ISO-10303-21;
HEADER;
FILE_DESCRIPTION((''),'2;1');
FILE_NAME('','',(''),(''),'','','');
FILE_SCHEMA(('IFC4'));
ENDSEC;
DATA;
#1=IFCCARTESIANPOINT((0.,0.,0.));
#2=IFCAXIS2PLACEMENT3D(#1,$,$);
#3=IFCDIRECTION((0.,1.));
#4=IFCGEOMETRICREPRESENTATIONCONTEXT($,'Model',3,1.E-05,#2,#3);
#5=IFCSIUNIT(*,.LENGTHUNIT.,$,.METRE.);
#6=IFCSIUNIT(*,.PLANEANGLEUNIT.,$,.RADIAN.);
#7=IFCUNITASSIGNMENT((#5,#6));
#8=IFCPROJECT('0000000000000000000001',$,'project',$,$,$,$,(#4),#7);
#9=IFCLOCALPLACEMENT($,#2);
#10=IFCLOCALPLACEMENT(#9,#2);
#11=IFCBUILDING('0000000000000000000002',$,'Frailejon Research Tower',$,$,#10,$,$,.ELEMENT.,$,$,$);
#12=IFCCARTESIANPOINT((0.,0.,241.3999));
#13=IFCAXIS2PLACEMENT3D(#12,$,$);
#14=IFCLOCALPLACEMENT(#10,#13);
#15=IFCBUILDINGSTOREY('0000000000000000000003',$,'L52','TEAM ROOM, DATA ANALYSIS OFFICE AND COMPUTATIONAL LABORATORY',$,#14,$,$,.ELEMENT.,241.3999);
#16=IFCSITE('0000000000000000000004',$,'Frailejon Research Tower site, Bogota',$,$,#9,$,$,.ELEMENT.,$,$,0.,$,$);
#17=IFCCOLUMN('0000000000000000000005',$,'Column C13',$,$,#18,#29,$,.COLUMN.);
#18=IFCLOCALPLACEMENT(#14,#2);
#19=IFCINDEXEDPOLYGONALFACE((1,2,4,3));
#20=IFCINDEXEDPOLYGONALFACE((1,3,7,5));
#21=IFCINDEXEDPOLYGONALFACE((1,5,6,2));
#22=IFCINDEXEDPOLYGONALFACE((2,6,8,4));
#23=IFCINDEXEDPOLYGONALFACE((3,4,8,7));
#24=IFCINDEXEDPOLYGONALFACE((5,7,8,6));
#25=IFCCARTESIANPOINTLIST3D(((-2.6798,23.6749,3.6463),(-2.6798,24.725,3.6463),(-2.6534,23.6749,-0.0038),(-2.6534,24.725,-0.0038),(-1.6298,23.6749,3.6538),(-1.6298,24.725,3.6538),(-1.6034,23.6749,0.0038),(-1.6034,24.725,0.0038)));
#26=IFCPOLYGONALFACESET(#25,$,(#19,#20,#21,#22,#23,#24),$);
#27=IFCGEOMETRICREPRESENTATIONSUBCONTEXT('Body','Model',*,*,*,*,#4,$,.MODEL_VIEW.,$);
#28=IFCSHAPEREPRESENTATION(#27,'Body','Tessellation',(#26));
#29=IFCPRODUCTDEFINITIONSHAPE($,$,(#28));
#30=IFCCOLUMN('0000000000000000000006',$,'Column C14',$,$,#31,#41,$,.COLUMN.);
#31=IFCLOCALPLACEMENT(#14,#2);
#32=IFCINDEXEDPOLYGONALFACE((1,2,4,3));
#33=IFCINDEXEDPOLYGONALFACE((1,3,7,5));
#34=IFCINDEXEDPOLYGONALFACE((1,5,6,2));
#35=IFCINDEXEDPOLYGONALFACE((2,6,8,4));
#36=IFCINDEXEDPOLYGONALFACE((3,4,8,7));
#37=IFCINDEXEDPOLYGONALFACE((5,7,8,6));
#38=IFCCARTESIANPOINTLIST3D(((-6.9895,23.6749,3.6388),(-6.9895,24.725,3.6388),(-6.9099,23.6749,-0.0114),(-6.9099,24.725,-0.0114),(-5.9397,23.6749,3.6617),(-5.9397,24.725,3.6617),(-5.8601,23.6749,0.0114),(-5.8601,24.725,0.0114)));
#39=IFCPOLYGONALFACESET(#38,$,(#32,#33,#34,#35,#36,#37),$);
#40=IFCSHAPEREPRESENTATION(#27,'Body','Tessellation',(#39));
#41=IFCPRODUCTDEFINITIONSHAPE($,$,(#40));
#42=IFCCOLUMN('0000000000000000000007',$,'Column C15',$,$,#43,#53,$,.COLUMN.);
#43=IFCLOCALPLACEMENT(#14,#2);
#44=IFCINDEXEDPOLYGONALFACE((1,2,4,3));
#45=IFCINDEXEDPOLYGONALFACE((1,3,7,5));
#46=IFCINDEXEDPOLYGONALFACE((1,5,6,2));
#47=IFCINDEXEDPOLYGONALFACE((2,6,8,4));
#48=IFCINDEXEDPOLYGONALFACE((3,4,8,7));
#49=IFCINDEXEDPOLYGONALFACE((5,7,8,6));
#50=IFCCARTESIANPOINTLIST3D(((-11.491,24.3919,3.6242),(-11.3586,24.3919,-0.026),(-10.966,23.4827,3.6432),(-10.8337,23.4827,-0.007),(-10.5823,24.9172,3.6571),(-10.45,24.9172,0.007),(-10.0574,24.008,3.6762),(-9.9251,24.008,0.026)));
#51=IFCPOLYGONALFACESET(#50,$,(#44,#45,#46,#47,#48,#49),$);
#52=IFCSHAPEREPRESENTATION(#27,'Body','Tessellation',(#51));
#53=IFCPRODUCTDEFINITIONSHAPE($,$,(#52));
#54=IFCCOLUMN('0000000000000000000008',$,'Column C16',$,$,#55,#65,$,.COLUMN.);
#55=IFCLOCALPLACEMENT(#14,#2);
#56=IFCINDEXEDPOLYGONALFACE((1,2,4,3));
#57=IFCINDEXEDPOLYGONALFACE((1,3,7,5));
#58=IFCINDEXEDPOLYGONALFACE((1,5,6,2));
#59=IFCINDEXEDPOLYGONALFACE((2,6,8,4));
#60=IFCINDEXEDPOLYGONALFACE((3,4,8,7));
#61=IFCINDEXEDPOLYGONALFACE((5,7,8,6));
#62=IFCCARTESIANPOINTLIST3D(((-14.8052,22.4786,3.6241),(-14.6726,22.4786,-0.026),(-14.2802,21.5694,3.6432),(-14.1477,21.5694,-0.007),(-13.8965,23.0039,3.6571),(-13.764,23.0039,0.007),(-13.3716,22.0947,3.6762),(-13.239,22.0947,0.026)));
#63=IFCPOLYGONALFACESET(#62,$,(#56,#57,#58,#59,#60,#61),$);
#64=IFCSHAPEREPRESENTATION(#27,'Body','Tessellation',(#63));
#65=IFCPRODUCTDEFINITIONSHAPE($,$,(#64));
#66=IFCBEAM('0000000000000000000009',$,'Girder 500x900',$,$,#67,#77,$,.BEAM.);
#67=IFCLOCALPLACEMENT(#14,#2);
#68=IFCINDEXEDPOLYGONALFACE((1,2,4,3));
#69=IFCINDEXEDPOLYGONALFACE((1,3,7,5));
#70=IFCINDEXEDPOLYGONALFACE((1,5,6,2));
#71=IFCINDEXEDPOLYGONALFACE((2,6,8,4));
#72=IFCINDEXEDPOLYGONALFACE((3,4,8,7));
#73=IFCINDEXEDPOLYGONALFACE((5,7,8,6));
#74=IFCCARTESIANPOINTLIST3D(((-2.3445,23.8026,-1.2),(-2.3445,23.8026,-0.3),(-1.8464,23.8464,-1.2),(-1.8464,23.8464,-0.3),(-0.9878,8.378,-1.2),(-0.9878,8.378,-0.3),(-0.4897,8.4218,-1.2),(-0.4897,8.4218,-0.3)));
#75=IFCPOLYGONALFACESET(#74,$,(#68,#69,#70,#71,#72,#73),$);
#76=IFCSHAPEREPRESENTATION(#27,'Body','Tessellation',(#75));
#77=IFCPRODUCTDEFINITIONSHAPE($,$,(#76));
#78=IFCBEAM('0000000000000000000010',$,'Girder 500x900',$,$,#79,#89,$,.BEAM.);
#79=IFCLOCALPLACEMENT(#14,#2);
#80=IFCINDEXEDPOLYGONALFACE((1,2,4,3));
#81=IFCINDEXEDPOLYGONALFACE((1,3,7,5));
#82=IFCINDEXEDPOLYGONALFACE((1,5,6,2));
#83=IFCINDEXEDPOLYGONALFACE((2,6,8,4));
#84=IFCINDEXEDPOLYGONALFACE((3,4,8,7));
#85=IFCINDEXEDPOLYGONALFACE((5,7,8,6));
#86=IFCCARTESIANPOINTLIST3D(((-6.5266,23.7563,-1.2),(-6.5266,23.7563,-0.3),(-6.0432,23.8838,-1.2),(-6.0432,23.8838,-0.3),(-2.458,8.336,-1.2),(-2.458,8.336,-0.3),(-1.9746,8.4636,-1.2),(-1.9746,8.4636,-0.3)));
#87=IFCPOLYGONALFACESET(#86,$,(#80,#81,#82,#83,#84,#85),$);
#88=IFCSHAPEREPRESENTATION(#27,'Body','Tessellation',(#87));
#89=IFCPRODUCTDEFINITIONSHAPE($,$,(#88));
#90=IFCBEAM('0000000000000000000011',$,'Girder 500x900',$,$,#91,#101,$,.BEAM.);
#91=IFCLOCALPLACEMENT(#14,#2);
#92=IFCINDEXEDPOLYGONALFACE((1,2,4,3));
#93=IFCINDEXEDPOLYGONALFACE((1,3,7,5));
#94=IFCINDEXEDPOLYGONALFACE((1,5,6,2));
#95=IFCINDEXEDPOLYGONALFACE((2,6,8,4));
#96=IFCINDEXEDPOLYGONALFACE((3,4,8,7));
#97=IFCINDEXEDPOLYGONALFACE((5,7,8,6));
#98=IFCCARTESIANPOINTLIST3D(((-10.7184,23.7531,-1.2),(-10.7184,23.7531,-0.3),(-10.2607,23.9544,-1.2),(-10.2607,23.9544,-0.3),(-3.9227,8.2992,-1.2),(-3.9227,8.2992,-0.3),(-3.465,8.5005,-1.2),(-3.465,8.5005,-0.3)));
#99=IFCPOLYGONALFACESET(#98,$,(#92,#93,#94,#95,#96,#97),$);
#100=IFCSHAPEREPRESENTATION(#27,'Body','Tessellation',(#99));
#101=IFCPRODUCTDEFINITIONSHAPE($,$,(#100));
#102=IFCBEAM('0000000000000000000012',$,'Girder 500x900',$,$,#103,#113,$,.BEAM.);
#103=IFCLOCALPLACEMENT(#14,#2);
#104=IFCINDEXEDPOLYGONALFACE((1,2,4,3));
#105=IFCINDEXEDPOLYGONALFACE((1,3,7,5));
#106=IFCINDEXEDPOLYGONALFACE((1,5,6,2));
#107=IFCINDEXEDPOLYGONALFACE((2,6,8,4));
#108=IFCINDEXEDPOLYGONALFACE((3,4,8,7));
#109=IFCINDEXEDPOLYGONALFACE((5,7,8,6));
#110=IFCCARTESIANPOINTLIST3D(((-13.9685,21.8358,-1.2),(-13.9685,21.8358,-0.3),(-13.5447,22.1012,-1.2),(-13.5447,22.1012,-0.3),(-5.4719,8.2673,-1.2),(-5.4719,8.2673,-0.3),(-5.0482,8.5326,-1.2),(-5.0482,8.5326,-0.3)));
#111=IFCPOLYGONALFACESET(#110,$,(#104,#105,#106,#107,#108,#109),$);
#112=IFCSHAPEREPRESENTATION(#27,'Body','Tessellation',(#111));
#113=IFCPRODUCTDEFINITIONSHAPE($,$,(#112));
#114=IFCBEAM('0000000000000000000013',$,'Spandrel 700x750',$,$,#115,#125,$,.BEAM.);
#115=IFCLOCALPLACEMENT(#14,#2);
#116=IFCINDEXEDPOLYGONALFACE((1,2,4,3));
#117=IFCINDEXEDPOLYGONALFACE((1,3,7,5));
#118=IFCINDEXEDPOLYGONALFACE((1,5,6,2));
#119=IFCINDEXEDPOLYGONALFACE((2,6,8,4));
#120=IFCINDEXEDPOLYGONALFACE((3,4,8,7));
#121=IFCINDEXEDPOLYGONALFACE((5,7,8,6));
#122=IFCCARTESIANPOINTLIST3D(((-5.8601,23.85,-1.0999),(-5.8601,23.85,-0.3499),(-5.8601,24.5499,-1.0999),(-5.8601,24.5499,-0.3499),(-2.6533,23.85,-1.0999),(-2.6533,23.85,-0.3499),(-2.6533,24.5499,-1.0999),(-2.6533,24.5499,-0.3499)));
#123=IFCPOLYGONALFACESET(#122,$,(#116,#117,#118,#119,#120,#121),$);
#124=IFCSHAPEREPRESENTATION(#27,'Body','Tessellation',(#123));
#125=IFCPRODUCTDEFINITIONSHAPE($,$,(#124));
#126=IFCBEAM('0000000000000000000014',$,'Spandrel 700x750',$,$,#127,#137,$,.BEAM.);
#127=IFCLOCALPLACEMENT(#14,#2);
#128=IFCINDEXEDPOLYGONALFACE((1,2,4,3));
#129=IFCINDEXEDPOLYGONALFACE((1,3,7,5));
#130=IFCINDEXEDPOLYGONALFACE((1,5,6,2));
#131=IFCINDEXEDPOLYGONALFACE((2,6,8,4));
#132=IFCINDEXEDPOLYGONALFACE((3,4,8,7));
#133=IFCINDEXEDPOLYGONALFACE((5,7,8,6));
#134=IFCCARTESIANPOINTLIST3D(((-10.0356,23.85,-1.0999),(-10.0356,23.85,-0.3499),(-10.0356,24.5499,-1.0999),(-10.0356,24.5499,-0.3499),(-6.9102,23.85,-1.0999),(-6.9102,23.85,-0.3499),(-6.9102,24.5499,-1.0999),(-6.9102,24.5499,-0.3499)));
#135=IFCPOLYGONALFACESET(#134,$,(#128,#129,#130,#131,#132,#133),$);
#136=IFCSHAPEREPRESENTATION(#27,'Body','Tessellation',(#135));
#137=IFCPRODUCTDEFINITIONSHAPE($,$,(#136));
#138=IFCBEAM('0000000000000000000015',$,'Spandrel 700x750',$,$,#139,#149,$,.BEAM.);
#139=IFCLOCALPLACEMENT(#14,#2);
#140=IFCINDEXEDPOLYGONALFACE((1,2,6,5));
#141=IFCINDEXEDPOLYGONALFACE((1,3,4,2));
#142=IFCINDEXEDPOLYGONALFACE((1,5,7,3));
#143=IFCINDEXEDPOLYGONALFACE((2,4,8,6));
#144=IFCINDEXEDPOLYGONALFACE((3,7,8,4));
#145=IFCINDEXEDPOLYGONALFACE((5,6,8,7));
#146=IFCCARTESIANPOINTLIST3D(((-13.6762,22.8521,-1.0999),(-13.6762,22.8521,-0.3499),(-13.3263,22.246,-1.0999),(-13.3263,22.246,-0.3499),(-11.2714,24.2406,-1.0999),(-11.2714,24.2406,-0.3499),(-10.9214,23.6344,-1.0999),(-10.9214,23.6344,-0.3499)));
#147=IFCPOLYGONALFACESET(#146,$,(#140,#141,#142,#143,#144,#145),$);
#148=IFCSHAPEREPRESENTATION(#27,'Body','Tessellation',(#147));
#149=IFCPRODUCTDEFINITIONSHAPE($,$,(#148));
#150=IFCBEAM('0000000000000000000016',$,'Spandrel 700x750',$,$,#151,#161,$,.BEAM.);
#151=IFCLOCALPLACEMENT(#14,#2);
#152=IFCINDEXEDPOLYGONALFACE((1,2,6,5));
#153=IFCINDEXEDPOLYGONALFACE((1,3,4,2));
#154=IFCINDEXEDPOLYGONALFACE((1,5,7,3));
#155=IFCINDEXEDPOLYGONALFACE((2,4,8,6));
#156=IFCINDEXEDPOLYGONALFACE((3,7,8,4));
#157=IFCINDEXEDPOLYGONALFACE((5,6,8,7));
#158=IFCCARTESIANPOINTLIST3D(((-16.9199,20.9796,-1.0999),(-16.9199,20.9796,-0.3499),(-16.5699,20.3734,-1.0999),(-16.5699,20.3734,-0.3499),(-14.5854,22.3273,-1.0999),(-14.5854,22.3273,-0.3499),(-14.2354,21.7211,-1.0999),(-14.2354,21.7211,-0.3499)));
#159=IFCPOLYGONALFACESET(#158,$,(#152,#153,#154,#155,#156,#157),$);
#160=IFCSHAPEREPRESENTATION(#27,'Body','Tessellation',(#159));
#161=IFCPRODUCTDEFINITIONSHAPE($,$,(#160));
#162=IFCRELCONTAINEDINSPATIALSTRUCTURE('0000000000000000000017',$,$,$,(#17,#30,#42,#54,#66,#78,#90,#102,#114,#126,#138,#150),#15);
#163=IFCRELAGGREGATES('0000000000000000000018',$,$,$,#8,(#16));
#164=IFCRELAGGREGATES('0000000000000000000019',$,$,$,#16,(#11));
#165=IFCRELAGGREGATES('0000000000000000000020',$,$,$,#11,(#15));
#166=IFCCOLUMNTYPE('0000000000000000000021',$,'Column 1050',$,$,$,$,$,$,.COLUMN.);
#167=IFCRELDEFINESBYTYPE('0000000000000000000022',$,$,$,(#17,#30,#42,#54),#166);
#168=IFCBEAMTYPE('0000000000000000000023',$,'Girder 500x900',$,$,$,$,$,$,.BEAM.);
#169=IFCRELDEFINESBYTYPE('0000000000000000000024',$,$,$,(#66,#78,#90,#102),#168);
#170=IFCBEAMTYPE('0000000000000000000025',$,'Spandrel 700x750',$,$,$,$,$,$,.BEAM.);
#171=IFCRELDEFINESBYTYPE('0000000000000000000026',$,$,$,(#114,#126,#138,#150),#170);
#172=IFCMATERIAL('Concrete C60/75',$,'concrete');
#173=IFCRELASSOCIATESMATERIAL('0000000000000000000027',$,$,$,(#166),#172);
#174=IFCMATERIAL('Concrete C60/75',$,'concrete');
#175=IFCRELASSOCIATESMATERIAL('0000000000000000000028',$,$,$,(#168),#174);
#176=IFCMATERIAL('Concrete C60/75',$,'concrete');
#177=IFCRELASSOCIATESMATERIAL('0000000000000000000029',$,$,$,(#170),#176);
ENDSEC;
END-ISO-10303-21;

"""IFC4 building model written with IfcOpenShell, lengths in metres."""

from ifc_helpers import new_model, si_unit, direction, frame, origin, origin_2d, place, context, subcontext, project, spatial, rectangle, extrude, material, material_profile, profile_set, type_object, element, save


model = new_model("IFC4")

# Units and contexts
model_context = context("Model", 3, precision=1e-05, world=origin(), true_north=direction((0.0, 1.0)))
body_context = subcontext(model_context, "Body", "Model", "MODEL_VIEW")
ifc_project = project(units=[si_unit("LENGTHUNIT", "METRE"), si_unit("PLANEANGLEUNIT", "RADIAN")], contexts=[model_context])

# Site, building, storey
site_placement = place(None, origin())
site = spatial("IfcSite", under=ifc_project, at=site_placement, Name="Frailejon Research Tower site, Bogota", CompositionType="ELEMENT", RefElevation=0.0)
building_placement = place(site_placement, origin())
building = spatial("IfcBuilding", under=site, at=building_placement, Name="Frailejon Research Tower", CompositionType="ELEMENT")
storey_placement = place(building_placement, frame((0.0, 0.0, 241.3999)))
storey = spatial("IfcBuildingStorey", under=building, at=storey_placement, Name="L52", Description="TEAM ROOM, DATA ANALYSIS OFFICE AND COMPUTATIONAL LABORATORY", CompositionType="ELEMENT", Elevation=241.3999)

# Columns
ifc_material_1 = material(Name="Concrete C60/75", Category="concrete")
ifc_material_profile_1 = material_profile(ifc_material_1, rectangle(XDim=1.05, YDim=1.05, at=origin_2d()), Name="Column 1050")
ifc_profile_set_1 = profile_set([ifc_material_profile_1], Name="Concrete C60/75")
column_type = type_object("IfcColumnType", Name="Column 1050", PredefinedType="COLUMN", material=ifc_profile_set_1)
column_1_placement = place(storey_placement, frame((-2.1284, 24.2, 0.0), z_axis=(-0.007223, 0.0, 0.999974), x_axis=(-0.999974, 0.0, -0.007223)))
element("IfcColumn", 1, at=column_1_placement, inside=storey, type_object=column_type, Name="Column C13", PredefinedType="COLUMN", context=body_context, shape_type="SweptSolid", body=[
    extrude(rectangle(XDim=1.05, YDim=1.05, at=origin_2d()), origin(), (0.0, 0.0, 1.0), 3.6501),
])
column_2_placement = place(storey_placement, frame((-6.385, 24.2, 0.0), z_axis=(-0.021799, 0.0, 0.999762), x_axis=(-0.999762, 0.0, -0.021799)))
element("IfcColumn", 2, at=column_2_placement, inside=storey, type_object=column_type, Name="Column C14", PredefinedType="COLUMN", context=body_context, shape_type="SweptSolid", body=[
    extrude(rectangle(XDim=1.05, YDim=1.05, at=origin_2d()), origin(), (0.0, 0.0, 1.0), 3.6511),
])
for number, where, z_axis, x_axis, name in (
    (3, (-10.6418, 24.2, 0.0), (-0.036228, 0.0, 0.999344), (-0.865315, -0.500246, -0.031369), "Column C15"),
    (4, (-13.9558, 22.2866, 0.0), (-0.036295, 0.0, 0.999341), (-0.865313, -0.500246, -0.031427), "Column C16"),
):
    element("IfcColumn", number, at=place(storey_placement, frame(where, z_axis=z_axis, x_axis=x_axis)), inside=storey, type_object=column_type, Name=name, PredefinedType="COLUMN", context=body_context, shape_type="SweptSolid", body=[
        extrude(rectangle(XDim=1.05, YDim=1.05, at=origin_2d()), origin(), (0.0, 0.0, 1.0), 3.6526),
    ])

# Beams
ifc_material_2 = material(Name="Concrete C60/75", Category="concrete")
ifc_material_profile_2 = material_profile(ifc_material_2, rectangle(XDim=0.5, YDim=0.8999, at=origin_2d()), Name="Girder 500x900")
ifc_profile_set_2 = profile_set([ifc_material_profile_2], Name="Concrete C60/75")
beam_type_1 = type_object("IfcBeamType", Name="Girder 500x900", PredefinedType="BEAM", material=ifc_profile_set_2)
beam_1_placement = place(storey_placement, frame((-2.0955, 23.8245, -0.75), z_axis=(0.087618, -0.996154, 0.0), x_axis=(0.996154, 0.087618, 0.0)))
element("IfcBeam", 5, at=beam_1_placement, inside=storey, type_object=beam_type_1, Name="Girder 500x900", PredefinedType="BEAM", context=body_context, shape_type="SweptSolid", body=[
    extrude(rectangle(XDim=0.5, YDim=0.8999, at=origin_2d()), origin(), (0.0, 0.0, 1.0), 15.4841),
])
beam_2_placement = place(storey_placement, frame((-6.2849, 23.8201, -0.75), z_axis=(0.255119, -0.96691, 0.0), x_axis=(0.96691, 0.255119, 0.0)))
element("IfcBeam", 6, at=beam_2_placement, inside=storey, type_object=beam_type_1, Name="Girder 500x900", PredefinedType="BEAM", context=body_context, shape_type="SweptSolid", body=[
    extrude(rectangle(XDim=0.5, YDim=0.8999, at=origin_2d()), origin(), (0.0, 0.0, 1.0), 15.948),
])
beam_3_placement = place(storey_placement, frame((-10.4895, 23.8538, -0.75), z_axis=(0.402538, -0.915403, 0.0), x_axis=(0.915403, 0.402538, 0.0)))
element("IfcBeam", 7, at=beam_3_placement, inside=storey, type_object=beam_type_1, Name="Girder 500x900", PredefinedType="BEAM", context=body_context, shape_type="SweptSolid", body=[
    extrude(rectangle(XDim=0.5, YDim=0.8999, at=origin_2d()), origin(), (0.0, 0.0, 1.0), 16.8821),
])
beam_4_placement = place(storey_placement, frame((-13.7566, 21.9685, -0.75), z_axis=(0.530727, -0.847543, 0.0), x_axis=(0.847543, 0.530727, 0.0)))
element("IfcBeam", 8, at=beam_4_placement, inside=storey, type_object=beam_type_1, Name="Girder 500x900", PredefinedType="BEAM", context=body_context, shape_type="SweptSolid", body=[
    extrude(rectangle(XDim=0.5, YDim=0.8999, at=origin_2d()), origin(), (0.0, 0.0, 1.0), 16.0093),
])
ifc_material_3 = material(Name="Concrete C60/75", Category="concrete")
ifc_material_profile_3 = material_profile(ifc_material_3, rectangle(XDim=0.7, YDim=0.75, at=origin_2d()), Name="Spandrel 700x750")
ifc_profile_set_3 = profile_set([ifc_material_profile_3], Name="Concrete C60/75")
beam_type_2 = type_object("IfcBeamType", Name="Spandrel 700x750", PredefinedType="BEAM", material=ifc_profile_set_3)
beam_5_placement = place(storey_placement, frame((-2.6533, 24.2, -0.7249), z_axis=(-1.0, 0.0, 0.0), x_axis=(0.0, -1.0, 0.0)))
element("IfcBeam", 9, at=beam_5_placement, inside=storey, type_object=beam_type_2, Name="Spandrel 700x750", PredefinedType="BEAM", context=body_context, shape_type="SweptSolid", body=[
    extrude(rectangle(XDim=0.7, YDim=0.75, at=origin_2d()), origin(), (0.0, 0.0, 1.0), 3.2068),
])
beam_6_placement = place(storey_placement, frame((-6.9102, 24.2, -0.7249), z_axis=(-1.0, 0.0, 0.0), x_axis=(0.0, -1.0, 0.0)))
element("IfcBeam", 10, at=beam_6_placement, inside=storey, type_object=beam_type_2, Name="Spandrel 700x750", PredefinedType="BEAM", context=body_context, shape_type="SweptSolid", body=[
    extrude(rectangle(XDim=0.7, YDim=0.75, at=origin_2d()), origin(), (0.0, 0.0, 1.0), 3.1255),
])
beam_7_placement = place(storey_placement, frame((-11.0964, 23.9375, -0.7249), z_axis=(-0.866022, -0.500007, 0.0), x_axis=(0.500007, -0.866022, 0.0)))
element("IfcBeam", 11, at=beam_7_placement, inside=storey, type_object=beam_type_2, Name="Spandrel 700x750", PredefinedType="BEAM", context=body_context, shape_type="SweptSolid", body=[
    extrude(rectangle(XDim=0.7, YDim=0.75, at=origin_2d()), origin(), (0.0, 0.0, 1.0), 2.7769),
])
beam_8_placement = place(storey_placement, frame((-14.4104, 22.0242, -0.7249), z_axis=(-0.86605, -0.499958, 0.0), x_axis=(0.499958, -0.86605, 0.0)))
element("IfcBeam", 12, at=beam_8_placement, inside=storey, type_object=beam_type_2, Name="Spandrel 700x750", PredefinedType="BEAM", context=body_context, shape_type="SweptSolid", body=[
    extrude(rectangle(XDim=0.7, YDim=0.75, at=origin_2d()), origin(), (0.0, 0.0, 1.0), 2.6956),
])

save(model, "model.ifc")
